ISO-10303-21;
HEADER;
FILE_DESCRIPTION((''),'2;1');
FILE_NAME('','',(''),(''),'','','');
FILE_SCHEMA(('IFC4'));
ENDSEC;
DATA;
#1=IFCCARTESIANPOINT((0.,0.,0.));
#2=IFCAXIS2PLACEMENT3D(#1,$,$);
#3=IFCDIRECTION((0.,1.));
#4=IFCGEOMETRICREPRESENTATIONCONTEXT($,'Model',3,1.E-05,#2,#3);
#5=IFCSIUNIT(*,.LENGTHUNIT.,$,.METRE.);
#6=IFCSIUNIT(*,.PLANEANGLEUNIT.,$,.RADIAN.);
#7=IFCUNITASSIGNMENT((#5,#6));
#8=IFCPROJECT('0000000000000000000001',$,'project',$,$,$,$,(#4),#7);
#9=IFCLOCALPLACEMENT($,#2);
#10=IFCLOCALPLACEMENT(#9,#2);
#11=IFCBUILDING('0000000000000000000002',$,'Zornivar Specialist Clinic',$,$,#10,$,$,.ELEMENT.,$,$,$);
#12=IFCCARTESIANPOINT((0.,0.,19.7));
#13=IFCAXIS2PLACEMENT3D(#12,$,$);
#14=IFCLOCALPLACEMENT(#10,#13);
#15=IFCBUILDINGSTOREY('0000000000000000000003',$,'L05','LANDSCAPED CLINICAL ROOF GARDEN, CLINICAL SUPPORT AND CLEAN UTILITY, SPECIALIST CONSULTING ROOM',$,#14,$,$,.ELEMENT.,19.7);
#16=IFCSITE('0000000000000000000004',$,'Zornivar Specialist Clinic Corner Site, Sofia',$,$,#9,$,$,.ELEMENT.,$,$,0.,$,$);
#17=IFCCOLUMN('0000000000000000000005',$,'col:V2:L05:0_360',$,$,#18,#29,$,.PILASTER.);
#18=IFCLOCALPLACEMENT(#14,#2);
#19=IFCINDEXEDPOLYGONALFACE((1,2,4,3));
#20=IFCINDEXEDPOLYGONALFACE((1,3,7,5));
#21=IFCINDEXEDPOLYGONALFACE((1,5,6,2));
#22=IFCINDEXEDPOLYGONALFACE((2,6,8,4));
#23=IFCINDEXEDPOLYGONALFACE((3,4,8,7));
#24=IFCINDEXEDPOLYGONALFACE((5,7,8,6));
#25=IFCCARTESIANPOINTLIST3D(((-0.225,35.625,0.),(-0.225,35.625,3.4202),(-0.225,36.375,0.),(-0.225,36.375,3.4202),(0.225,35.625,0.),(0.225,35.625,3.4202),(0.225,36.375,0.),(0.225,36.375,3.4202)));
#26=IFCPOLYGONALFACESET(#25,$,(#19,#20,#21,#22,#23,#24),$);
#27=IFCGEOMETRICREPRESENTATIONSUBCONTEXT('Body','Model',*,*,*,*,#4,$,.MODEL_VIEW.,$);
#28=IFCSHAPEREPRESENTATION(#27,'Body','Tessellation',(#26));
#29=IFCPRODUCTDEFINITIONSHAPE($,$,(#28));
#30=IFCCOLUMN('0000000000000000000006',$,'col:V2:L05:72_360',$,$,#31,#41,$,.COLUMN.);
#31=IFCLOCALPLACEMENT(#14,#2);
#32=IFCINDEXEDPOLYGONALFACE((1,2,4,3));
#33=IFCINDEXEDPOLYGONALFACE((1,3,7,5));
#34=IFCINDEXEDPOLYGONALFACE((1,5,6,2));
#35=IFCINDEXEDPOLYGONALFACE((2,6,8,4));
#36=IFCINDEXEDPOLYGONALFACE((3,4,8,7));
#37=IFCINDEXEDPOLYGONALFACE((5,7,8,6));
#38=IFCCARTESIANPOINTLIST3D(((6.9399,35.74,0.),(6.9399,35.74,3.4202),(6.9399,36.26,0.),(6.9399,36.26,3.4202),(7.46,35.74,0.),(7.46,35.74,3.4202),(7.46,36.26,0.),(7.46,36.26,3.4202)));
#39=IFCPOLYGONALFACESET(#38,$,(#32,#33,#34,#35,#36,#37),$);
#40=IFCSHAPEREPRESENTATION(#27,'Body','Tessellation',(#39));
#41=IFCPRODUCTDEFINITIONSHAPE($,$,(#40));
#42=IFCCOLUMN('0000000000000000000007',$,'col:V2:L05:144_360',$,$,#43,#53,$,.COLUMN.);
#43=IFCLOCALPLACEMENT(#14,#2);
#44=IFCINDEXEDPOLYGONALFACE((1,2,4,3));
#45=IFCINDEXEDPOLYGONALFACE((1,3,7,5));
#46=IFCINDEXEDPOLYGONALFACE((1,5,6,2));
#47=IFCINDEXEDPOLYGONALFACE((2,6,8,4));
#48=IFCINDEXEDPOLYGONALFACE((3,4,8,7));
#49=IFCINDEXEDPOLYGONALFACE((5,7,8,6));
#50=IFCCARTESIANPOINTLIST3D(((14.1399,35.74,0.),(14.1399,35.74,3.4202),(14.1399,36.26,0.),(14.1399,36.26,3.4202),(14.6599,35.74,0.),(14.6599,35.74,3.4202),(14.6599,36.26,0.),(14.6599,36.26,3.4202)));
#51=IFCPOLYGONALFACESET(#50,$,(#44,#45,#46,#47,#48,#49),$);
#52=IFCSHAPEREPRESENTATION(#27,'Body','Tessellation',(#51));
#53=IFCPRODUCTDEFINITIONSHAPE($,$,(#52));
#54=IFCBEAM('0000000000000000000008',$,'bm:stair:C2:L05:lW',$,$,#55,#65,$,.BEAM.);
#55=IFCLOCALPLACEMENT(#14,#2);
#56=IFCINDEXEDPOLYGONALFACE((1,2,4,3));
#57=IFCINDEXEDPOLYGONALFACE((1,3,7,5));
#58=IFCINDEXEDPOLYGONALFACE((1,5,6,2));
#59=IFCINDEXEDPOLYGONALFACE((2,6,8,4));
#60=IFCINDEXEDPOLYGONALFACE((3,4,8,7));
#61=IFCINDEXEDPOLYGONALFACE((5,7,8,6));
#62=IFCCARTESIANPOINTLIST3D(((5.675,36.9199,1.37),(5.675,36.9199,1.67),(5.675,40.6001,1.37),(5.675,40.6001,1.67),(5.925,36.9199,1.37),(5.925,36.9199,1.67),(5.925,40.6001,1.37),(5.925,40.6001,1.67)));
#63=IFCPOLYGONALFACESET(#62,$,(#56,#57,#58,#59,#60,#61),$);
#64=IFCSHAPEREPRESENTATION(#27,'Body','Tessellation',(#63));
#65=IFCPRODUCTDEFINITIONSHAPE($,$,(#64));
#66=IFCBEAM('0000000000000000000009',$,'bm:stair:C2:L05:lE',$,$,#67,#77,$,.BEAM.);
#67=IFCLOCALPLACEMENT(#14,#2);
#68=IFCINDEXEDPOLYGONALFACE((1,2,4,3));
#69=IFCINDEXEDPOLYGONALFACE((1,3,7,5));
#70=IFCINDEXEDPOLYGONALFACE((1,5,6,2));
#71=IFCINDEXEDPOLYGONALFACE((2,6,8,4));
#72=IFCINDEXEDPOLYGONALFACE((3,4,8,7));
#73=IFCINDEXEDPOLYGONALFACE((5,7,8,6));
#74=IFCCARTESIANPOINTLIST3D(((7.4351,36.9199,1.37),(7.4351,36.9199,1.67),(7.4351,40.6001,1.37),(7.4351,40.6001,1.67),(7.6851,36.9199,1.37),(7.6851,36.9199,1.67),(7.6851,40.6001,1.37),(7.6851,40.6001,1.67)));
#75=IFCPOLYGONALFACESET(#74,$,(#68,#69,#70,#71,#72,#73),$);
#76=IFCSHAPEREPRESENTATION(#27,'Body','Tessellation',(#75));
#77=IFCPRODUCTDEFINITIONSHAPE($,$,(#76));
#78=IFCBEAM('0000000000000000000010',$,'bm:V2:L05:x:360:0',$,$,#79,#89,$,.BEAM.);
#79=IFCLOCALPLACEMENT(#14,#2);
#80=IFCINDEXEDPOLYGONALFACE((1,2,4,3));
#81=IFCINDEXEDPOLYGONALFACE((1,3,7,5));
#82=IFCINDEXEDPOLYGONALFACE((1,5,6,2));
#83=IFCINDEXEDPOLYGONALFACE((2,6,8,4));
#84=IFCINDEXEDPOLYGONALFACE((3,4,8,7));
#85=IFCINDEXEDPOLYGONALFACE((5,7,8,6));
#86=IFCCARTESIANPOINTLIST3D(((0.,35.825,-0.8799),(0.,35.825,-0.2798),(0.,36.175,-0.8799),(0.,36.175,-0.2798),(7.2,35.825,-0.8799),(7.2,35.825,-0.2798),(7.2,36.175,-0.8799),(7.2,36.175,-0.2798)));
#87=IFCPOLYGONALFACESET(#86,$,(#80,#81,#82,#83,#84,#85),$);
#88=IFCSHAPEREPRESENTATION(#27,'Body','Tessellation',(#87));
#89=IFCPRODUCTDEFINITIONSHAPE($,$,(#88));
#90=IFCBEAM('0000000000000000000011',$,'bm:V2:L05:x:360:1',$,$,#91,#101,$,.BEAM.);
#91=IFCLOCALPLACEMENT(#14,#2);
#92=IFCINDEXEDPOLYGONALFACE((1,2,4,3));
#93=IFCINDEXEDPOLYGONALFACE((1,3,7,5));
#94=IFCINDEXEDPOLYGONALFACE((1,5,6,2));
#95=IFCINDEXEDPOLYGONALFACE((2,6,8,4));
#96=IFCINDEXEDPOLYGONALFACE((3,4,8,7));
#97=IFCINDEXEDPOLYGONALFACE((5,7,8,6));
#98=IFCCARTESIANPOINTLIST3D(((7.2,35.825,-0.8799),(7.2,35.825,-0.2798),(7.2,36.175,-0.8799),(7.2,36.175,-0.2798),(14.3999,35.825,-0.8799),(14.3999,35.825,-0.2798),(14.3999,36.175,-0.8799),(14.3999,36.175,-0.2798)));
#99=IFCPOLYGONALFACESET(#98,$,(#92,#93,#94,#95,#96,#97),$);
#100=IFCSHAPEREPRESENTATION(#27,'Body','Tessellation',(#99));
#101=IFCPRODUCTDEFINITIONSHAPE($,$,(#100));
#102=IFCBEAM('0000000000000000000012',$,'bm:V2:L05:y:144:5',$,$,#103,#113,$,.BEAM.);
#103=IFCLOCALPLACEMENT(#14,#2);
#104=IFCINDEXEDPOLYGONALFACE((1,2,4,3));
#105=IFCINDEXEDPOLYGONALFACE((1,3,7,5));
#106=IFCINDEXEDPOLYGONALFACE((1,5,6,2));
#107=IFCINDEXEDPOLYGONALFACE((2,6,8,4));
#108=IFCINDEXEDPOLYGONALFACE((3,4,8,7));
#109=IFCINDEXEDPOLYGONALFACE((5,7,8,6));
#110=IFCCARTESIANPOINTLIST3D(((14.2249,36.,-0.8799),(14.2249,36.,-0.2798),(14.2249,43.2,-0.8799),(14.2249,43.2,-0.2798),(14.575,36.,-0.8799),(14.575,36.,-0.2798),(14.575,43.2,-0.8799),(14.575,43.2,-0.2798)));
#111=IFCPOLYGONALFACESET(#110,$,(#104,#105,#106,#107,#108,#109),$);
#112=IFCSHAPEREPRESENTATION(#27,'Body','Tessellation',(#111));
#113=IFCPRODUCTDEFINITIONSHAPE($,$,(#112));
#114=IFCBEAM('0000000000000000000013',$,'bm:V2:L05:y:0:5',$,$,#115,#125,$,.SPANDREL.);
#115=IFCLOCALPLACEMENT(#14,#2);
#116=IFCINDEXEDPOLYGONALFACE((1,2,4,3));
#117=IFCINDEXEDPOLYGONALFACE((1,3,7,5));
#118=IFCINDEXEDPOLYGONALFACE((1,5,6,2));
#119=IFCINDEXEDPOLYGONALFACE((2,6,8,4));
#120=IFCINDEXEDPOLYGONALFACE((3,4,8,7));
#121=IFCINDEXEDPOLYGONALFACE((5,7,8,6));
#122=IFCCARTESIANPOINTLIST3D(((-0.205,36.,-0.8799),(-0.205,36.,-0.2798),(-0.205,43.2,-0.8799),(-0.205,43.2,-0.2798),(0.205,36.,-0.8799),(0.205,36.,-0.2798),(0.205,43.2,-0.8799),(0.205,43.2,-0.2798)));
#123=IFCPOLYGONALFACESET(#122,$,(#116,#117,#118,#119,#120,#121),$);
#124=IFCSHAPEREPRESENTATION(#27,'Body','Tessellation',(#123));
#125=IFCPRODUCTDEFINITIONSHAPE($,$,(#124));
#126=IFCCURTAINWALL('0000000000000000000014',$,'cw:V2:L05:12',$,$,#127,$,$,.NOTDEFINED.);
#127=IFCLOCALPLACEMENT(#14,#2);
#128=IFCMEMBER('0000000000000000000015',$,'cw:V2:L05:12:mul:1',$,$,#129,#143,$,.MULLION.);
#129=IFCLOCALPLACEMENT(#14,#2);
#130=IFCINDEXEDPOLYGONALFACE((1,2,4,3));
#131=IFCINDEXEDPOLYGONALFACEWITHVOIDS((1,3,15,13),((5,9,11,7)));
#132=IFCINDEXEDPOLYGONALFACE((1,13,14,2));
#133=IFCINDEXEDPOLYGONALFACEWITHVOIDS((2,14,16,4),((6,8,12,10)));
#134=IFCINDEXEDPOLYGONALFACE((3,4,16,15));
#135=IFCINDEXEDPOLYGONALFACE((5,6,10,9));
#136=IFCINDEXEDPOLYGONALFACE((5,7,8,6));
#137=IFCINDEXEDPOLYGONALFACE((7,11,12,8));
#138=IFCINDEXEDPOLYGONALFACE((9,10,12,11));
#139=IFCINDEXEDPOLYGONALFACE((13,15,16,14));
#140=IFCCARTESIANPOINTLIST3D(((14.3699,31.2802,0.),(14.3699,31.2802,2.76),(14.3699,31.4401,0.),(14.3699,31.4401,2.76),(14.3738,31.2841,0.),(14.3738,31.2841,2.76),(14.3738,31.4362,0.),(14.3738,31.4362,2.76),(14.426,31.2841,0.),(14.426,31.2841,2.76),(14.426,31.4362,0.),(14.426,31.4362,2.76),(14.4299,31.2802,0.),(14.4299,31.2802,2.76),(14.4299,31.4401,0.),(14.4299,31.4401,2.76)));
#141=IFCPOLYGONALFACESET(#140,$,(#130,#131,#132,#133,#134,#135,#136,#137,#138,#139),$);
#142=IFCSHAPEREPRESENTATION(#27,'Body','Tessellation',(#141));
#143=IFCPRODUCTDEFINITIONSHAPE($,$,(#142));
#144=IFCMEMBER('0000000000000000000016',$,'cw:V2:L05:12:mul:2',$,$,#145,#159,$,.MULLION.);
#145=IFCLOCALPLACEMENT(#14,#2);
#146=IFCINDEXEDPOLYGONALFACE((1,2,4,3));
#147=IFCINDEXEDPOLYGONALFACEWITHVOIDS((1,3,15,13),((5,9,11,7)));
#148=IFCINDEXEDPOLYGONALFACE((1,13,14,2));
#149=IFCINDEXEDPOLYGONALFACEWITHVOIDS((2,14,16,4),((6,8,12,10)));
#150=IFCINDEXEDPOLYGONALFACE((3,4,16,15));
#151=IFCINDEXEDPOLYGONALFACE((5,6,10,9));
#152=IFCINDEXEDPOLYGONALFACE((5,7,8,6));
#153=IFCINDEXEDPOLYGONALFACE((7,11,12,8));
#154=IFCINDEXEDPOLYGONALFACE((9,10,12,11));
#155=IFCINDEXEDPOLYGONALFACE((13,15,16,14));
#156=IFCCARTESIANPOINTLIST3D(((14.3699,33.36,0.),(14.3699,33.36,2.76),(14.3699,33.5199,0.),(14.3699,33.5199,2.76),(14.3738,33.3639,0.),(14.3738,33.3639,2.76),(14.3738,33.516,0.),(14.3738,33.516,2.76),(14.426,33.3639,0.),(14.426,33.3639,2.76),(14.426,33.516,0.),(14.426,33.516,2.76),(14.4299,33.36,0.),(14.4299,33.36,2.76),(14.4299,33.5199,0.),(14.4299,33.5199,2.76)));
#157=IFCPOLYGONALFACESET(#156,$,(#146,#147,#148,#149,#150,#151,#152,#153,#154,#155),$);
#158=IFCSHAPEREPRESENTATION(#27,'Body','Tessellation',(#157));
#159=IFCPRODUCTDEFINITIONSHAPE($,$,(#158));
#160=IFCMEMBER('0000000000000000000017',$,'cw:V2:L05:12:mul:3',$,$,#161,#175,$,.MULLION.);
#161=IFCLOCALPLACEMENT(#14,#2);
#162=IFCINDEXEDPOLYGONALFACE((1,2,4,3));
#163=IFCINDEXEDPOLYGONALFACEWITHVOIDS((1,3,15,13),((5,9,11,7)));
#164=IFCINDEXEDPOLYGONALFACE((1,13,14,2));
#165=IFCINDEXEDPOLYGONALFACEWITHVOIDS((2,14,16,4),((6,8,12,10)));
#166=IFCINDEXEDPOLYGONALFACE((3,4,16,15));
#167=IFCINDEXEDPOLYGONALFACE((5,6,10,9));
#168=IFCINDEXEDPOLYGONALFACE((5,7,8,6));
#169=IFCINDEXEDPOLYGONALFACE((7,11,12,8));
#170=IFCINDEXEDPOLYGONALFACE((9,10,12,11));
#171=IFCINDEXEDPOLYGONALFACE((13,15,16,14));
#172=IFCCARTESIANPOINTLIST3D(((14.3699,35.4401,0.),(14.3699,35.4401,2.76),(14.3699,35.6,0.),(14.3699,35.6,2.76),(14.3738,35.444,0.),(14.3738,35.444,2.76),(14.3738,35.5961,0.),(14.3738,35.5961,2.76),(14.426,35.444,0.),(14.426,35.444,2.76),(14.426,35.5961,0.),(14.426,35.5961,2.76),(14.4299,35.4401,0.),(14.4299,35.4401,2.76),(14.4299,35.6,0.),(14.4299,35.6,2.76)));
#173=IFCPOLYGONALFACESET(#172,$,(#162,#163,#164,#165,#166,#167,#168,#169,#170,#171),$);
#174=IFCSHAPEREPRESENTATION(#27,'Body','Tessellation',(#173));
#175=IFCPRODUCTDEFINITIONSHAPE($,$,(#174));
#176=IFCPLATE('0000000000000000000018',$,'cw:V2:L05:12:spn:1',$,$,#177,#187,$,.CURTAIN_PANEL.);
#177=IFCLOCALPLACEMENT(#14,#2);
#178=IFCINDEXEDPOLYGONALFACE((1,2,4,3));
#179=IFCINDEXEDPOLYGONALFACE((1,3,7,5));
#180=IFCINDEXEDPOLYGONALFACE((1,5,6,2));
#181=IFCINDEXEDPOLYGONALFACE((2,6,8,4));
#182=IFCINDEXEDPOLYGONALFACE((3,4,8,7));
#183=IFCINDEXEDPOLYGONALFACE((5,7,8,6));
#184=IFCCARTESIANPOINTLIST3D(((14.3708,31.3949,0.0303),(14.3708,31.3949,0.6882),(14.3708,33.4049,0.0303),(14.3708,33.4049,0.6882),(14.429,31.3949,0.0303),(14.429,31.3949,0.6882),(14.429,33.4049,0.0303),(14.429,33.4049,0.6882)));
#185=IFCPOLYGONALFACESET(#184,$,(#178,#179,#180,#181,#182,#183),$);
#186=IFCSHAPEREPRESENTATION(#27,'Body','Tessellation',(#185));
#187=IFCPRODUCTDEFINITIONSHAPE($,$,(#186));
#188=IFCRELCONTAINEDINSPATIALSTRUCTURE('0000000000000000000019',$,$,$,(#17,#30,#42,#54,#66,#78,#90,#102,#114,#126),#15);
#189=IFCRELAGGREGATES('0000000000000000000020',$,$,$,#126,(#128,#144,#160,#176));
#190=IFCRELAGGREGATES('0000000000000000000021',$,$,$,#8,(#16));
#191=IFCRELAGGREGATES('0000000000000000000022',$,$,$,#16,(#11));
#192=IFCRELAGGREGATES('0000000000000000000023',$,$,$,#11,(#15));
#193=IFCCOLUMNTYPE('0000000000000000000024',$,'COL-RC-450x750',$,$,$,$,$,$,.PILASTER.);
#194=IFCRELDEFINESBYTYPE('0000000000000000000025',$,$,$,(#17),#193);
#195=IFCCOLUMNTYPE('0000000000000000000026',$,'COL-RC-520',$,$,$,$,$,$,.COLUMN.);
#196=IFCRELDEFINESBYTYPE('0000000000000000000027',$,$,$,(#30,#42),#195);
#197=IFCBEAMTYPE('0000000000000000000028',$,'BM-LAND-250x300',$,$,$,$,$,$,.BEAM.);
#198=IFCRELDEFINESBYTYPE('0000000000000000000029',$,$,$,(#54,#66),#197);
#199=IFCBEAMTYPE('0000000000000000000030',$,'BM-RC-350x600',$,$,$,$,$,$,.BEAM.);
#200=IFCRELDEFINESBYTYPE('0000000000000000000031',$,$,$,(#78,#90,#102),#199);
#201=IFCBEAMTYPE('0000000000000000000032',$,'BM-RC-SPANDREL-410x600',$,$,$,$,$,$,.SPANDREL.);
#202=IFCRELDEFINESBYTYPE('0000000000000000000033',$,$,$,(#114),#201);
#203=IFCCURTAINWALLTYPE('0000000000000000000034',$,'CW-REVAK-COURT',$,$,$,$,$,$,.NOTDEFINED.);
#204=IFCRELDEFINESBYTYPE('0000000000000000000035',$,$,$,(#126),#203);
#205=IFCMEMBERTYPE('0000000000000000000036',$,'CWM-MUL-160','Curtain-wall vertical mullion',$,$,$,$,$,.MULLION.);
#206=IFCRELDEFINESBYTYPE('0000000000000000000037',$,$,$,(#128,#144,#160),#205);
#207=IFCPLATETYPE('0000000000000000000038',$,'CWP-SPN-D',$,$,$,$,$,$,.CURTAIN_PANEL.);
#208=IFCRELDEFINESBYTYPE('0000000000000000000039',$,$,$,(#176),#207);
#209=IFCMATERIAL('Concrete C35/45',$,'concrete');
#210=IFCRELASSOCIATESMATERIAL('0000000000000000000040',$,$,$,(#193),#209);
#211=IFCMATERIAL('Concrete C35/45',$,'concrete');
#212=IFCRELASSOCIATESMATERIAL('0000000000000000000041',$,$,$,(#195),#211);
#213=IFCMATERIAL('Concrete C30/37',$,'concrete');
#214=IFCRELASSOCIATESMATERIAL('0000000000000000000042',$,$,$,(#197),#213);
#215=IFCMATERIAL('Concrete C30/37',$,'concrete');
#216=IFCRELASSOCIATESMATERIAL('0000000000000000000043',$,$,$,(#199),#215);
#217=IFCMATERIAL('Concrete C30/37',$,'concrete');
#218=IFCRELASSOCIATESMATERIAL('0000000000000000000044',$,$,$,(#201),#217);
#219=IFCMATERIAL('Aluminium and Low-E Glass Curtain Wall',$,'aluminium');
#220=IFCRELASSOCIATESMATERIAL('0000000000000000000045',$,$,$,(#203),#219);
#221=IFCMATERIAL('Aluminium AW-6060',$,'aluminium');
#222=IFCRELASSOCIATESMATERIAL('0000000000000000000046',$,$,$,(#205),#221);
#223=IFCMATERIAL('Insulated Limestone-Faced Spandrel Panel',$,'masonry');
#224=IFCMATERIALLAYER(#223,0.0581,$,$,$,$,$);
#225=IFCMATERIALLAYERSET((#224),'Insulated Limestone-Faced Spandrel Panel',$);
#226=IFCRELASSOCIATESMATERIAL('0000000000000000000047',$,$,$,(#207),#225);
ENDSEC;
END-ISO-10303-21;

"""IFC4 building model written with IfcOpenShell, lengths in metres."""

from ifc_helpers import new_model, si_unit, direction, frame, origin, origin_2d, place, context, subcontext, project, spatial, rectangle, hollow_rectangle, extrude, material, layer, layer_set, material_profile, profile_set, type_object, element, aggregate, save


model = new_model("IFC4")

# Units and contexts
model_context = context("Model", 3, precision=1e-05, world=origin(), true_north=direction((0.0, 1.0)))
body_context = subcontext(model_context, "Body", "Model", "MODEL_VIEW")
ifc_project = project(units=[si_unit("LENGTHUNIT", "METRE"), si_unit("PLANEANGLEUNIT", "RADIAN")], contexts=[model_context])

# Site, building, storey
site_placement = place(None, origin())
site = spatial("IfcSite", under=ifc_project, at=site_placement, Name="Zornivar Specialist Clinic Corner Site, Sofia", CompositionType="ELEMENT", RefElevation=0.0)
building_placement = place(site_placement, origin())
building = spatial("IfcBuilding", under=site, at=building_placement, Name="Zornivar Specialist Clinic", CompositionType="ELEMENT")
storey_placement = place(building_placement, frame((0.0, 0.0, 19.7)))
storey = spatial("IfcBuildingStorey", under=building, at=storey_placement, Name="L05", Description="LANDSCAPED CLINICAL ROOF GARDEN, CLINICAL SUPPORT AND CLEAN UTILITY, SPECIALIST CONSULTING ROOM", CompositionType="ELEMENT", Elevation=19.7)

# Columns
ifc_material_1 = material(Name="Concrete C35/45", Category="concrete")
ifc_material_profile_1 = material_profile(ifc_material_1, rectangle(XDim=0.45, YDim=0.75, at=origin_2d()), Name="RC 450x750")
ifc_profile_set_1 = profile_set([ifc_material_profile_1], Name="Concrete C35/45")
column_type_1 = type_object("IfcColumnType", Name="COL-RC-450x750", PredefinedType="PILASTER", material=ifc_profile_set_1)
column_placement = place(storey_placement, frame((0.0, 36.0, 0.0), z_axis=(0.0, 0.0, 1.0), x_axis=(1.0, 0.0, 0.0)))
element("IfcColumn", 1, at=column_placement, inside=storey, type_object=column_type_1, Name="col:V2:L05:0_360", PredefinedType="PILASTER", context=body_context, shape_type="SweptSolid", body=[
    extrude(rectangle(XDim=0.45, YDim=0.75, at=origin_2d()), origin(), (0.0, 0.0, 1.0), 3.4202),
])
ifc_material_2 = material(Name="Concrete C35/45", Category="concrete")
ifc_material_profile_2 = material_profile(ifc_material_2, rectangle(XDim=0.52, YDim=0.52, at=origin_2d()), Name="RC 520x520")
ifc_profile_set_2 = profile_set([ifc_material_profile_2], Name="Concrete C35/45")
column_type_2 = type_object("IfcColumnType", Name="COL-RC-520", PredefinedType="COLUMN", material=ifc_profile_set_2)
for number, where, z_axis, x_axis, name in (
    (2, (7.2, 36.0, 0.0), (0.0, 0.0, 1.0), (1.0, 0.0, 0.0), "col:V2:L05:72_360"),
    (3, (14.3999, 36.0, 0.0), (0.0, 0.0, 1.0), (1.0, 0.0, 0.0), "col:V2:L05:144_360"),
):
    element("IfcColumn", number, at=place(storey_placement, frame(where, z_axis=z_axis, x_axis=x_axis)), inside=storey, type_object=column_type_2, Name=name, PredefinedType="COLUMN", context=body_context, shape_type="SweptSolid", body=[
        extrude(rectangle(XDim=0.52, YDim=0.52, at=origin_2d()), origin(), (0.0, 0.0, 1.0), 3.4202),
    ])

# Beams
ifc_material_3 = material(Name="Concrete C30/37", Category="concrete")
ifc_material_profile_3 = material_profile(ifc_material_3, rectangle(XDim=0.25, YDim=0.3, at=origin_2d()), Name="RC 250x300")
ifc_profile_set_3 = profile_set([ifc_material_profile_3], Name="Concrete C30/37")
beam_type_1 = type_object("IfcBeamType", Name="BM-LAND-250x300", PredefinedType="BEAM", material=ifc_profile_set_3)
for number, where, z_axis, x_axis, name in (
    (4, (5.8, 36.9199, 1.52), (0.0, 1.0, 0.0), (-1.0, 0.0, 0.0), "bm:stair:C2:L05:lW"),
    (5, (7.5601, 36.9199, 1.52), (0.0, 1.0, 0.0), (-1.0, 0.0, 0.0), "bm:stair:C2:L05:lE"),
):
    element("IfcBeam", number, at=place(storey_placement, frame(where, z_axis=z_axis, x_axis=x_axis)), inside=storey, type_object=beam_type_1, Name=name, PredefinedType="BEAM", context=body_context, shape_type="SweptSolid", body=[
        extrude(rectangle(XDim=0.25, YDim=0.3, at=origin_2d()), origin(), (0.0, 0.0, 1.0), 3.6802),
    ])
ifc_material_4 = material(Name="Concrete C30/37", Category="concrete")
ifc_material_profile_4 = material_profile(ifc_material_4, rectangle(XDim=0.3501, YDim=0.6001, at=origin_2d()), Name="RC 350x600")
ifc_profile_set_4 = profile_set([ifc_material_profile_4], Name="Concrete C30/37")
beam_type_2 = type_object("IfcBeamType", Name="BM-RC-350x600", PredefinedType="BEAM", material=ifc_profile_set_4)
for number, where, z_axis, x_axis, name in (
    (6, (0.0, 36.0, -0.5798), (1.0, 0.0, 0.0), (0.0, 1.0, 0.0), "bm:V2:L05:x:360:0"),
    (7, (7.2, 36.0, -0.5798), (1.0, 0.0, 0.0), (0.0, 1.0, 0.0), "bm:V2:L05:x:360:1"),
    (8, (14.3999, 36.0, -0.5798), (0.0, 1.0, 0.0), (-1.0, 0.0, 0.0), "bm:V2:L05:y:144:5"),
):
    element("IfcBeam", number, at=place(storey_placement, frame(where, z_axis=z_axis, x_axis=x_axis)), inside=storey, type_object=beam_type_2, Name=name, PredefinedType="BEAM", context=body_context, shape_type="SweptSolid", body=[
        extrude(rectangle(XDim=0.3501, YDim=0.6001, at=origin_2d()), origin(), (0.0, 0.0, 1.0), 7.2),
    ])
ifc_material_5 = material(Name="Concrete C30/37", Category="concrete")
ifc_material_profile_5 = material_profile(ifc_material_5, rectangle(XDim=0.4099, YDim=0.6001, at=origin_2d()), Name="RC 410x600")
ifc_profile_set_5 = profile_set([ifc_material_profile_5], Name="Concrete C30/37")
beam_type_3 = type_object("IfcBeamType", Name="BM-RC-SPANDREL-410x600", PredefinedType="SPANDREL", material=ifc_profile_set_5)
beam_placement = place(storey_placement, frame((0.0, 36.0, -0.5798), z_axis=(0.0, 1.0, 0.0), x_axis=(-1.0, 0.0, 0.0)))
element("IfcBeam", 9, at=beam_placement, inside=storey, type_object=beam_type_3, Name="bm:V2:L05:y:0:5", PredefinedType="SPANDREL", context=body_context, shape_type="SweptSolid", body=[
    extrude(rectangle(XDim=0.4099, YDim=0.6001, at=origin_2d()), origin(), (0.0, 0.0, 1.0), 7.2),
])

# Curtain wall, members, plate
ifc_material_6 = material(Name="Aluminium and Low-E Glass Curtain Wall", Category="aluminium")
curtain_wall_type = type_object("IfcCurtainWallType", Name="CW-REVAK-COURT", PredefinedType="NOTDEFINED", material=ifc_material_6)
curtain_wall_placement = place(storey_placement, origin())
curtain_wall = element("IfcCurtainWall", 10, at=curtain_wall_placement, inside=storey, type_object=curtain_wall_type, Name="cw:V2:L05:12", PredefinedType="NOTDEFINED")
ifc_material_7 = material(Name="Aluminium AW-6060", Category="aluminium")
ifc_material_profile_6 = material_profile(ifc_material_7, hollow_rectangle(XDim=0.0601, YDim=0.1599, WallThickness=0.0039, at=origin_2d()), Name="ALU 60x160x4")
ifc_profile_set_6 = profile_set([ifc_material_profile_6], Name="Aluminium AW-6060")
member_type = type_object("IfcMemberType", Name="CWM-MUL-160", Description="Curtain-wall vertical mullion", PredefinedType="MULLION", material=ifc_profile_set_6)
member_1_placement = place(storey_placement, frame((14.3999, 31.3601, 0.0), z_axis=(0.0, 0.0, 1.0), x_axis=(1.0, 0.0, 0.0)))
member_1 = element("IfcMember", 11, at=member_1_placement, type_object=member_type, Name="cw:V2:L05:12:mul:1", PredefinedType="MULLION", context=body_context, shape_type="SweptSolid", body=[
    extrude(hollow_rectangle(XDim=0.0601, YDim=0.1599, WallThickness=0.0039, at=origin_2d()), origin(), (0.0, 0.0, 1.0), 2.76),
])
member_2_placement = place(storey_placement, frame((14.3999, 33.4399, 0.0), z_axis=(0.0, 0.0, 1.0), x_axis=(1.0, 0.0, 0.0)))
member_2 = element("IfcMember", 12, at=member_2_placement, type_object=member_type, Name="cw:V2:L05:12:mul:2", PredefinedType="MULLION", context=body_context, shape_type="SweptSolid", body=[
    extrude(hollow_rectangle(XDim=0.0601, YDim=0.1599, WallThickness=0.0039, at=origin_2d()), origin(), (0.0, 0.0, 1.0), 2.76),
])
member_3_placement = place(storey_placement, frame((14.3999, 35.52, 0.0), z_axis=(0.0, 0.0, 1.0), x_axis=(1.0, 0.0, 0.0)))
member_3 = element("IfcMember", 13, at=member_3_placement, type_object=member_type, Name="cw:V2:L05:12:mul:3", PredefinedType="MULLION", context=body_context, shape_type="SweptSolid", body=[
    extrude(hollow_rectangle(XDim=0.0601, YDim=0.1599, WallThickness=0.0039, at=origin_2d()), origin(), (0.0, 0.0, 1.0), 2.76),
])
ifc_material_8 = material(Name="Insulated Limestone-Faced Spandrel Panel", Category="masonry")
ifc_layer_1 = layer(ifc_material_8, 0.0581)
ifc_layer_set_1 = layer_set([ifc_layer_1], Name="Insulated Limestone-Faced Spandrel Panel")
plate_type_1 = type_object("IfcPlateType", Name="CWP-SPN-D", PredefinedType="CURTAIN_PANEL", material=ifc_layer_set_1)
plate_1_placement = place(storey_placement, frame((14.3999, 32.3999, 0.0303), z_axis=(0.0, 0.0, 1.0), x_axis=(0.0, 1.0, 0.0)))
plate_1 = element("IfcPlate", 14, at=plate_1_placement, type_object=plate_type_1, Name="cw:V2:L05:12:spn:1", PredefinedType="CURTAIN_PANEL", context=body_context, shape_type="SweptSolid", body=[
    extrude(rectangle(XDim=2.01, YDim=0.0581, at=origin_2d()), origin(), (0.0, 0.0, 1.0), 0.658),
])
aggregate(curtain_wall, [member_1, member_2, member_3, plate_1])

save(model, "model.ifc")
